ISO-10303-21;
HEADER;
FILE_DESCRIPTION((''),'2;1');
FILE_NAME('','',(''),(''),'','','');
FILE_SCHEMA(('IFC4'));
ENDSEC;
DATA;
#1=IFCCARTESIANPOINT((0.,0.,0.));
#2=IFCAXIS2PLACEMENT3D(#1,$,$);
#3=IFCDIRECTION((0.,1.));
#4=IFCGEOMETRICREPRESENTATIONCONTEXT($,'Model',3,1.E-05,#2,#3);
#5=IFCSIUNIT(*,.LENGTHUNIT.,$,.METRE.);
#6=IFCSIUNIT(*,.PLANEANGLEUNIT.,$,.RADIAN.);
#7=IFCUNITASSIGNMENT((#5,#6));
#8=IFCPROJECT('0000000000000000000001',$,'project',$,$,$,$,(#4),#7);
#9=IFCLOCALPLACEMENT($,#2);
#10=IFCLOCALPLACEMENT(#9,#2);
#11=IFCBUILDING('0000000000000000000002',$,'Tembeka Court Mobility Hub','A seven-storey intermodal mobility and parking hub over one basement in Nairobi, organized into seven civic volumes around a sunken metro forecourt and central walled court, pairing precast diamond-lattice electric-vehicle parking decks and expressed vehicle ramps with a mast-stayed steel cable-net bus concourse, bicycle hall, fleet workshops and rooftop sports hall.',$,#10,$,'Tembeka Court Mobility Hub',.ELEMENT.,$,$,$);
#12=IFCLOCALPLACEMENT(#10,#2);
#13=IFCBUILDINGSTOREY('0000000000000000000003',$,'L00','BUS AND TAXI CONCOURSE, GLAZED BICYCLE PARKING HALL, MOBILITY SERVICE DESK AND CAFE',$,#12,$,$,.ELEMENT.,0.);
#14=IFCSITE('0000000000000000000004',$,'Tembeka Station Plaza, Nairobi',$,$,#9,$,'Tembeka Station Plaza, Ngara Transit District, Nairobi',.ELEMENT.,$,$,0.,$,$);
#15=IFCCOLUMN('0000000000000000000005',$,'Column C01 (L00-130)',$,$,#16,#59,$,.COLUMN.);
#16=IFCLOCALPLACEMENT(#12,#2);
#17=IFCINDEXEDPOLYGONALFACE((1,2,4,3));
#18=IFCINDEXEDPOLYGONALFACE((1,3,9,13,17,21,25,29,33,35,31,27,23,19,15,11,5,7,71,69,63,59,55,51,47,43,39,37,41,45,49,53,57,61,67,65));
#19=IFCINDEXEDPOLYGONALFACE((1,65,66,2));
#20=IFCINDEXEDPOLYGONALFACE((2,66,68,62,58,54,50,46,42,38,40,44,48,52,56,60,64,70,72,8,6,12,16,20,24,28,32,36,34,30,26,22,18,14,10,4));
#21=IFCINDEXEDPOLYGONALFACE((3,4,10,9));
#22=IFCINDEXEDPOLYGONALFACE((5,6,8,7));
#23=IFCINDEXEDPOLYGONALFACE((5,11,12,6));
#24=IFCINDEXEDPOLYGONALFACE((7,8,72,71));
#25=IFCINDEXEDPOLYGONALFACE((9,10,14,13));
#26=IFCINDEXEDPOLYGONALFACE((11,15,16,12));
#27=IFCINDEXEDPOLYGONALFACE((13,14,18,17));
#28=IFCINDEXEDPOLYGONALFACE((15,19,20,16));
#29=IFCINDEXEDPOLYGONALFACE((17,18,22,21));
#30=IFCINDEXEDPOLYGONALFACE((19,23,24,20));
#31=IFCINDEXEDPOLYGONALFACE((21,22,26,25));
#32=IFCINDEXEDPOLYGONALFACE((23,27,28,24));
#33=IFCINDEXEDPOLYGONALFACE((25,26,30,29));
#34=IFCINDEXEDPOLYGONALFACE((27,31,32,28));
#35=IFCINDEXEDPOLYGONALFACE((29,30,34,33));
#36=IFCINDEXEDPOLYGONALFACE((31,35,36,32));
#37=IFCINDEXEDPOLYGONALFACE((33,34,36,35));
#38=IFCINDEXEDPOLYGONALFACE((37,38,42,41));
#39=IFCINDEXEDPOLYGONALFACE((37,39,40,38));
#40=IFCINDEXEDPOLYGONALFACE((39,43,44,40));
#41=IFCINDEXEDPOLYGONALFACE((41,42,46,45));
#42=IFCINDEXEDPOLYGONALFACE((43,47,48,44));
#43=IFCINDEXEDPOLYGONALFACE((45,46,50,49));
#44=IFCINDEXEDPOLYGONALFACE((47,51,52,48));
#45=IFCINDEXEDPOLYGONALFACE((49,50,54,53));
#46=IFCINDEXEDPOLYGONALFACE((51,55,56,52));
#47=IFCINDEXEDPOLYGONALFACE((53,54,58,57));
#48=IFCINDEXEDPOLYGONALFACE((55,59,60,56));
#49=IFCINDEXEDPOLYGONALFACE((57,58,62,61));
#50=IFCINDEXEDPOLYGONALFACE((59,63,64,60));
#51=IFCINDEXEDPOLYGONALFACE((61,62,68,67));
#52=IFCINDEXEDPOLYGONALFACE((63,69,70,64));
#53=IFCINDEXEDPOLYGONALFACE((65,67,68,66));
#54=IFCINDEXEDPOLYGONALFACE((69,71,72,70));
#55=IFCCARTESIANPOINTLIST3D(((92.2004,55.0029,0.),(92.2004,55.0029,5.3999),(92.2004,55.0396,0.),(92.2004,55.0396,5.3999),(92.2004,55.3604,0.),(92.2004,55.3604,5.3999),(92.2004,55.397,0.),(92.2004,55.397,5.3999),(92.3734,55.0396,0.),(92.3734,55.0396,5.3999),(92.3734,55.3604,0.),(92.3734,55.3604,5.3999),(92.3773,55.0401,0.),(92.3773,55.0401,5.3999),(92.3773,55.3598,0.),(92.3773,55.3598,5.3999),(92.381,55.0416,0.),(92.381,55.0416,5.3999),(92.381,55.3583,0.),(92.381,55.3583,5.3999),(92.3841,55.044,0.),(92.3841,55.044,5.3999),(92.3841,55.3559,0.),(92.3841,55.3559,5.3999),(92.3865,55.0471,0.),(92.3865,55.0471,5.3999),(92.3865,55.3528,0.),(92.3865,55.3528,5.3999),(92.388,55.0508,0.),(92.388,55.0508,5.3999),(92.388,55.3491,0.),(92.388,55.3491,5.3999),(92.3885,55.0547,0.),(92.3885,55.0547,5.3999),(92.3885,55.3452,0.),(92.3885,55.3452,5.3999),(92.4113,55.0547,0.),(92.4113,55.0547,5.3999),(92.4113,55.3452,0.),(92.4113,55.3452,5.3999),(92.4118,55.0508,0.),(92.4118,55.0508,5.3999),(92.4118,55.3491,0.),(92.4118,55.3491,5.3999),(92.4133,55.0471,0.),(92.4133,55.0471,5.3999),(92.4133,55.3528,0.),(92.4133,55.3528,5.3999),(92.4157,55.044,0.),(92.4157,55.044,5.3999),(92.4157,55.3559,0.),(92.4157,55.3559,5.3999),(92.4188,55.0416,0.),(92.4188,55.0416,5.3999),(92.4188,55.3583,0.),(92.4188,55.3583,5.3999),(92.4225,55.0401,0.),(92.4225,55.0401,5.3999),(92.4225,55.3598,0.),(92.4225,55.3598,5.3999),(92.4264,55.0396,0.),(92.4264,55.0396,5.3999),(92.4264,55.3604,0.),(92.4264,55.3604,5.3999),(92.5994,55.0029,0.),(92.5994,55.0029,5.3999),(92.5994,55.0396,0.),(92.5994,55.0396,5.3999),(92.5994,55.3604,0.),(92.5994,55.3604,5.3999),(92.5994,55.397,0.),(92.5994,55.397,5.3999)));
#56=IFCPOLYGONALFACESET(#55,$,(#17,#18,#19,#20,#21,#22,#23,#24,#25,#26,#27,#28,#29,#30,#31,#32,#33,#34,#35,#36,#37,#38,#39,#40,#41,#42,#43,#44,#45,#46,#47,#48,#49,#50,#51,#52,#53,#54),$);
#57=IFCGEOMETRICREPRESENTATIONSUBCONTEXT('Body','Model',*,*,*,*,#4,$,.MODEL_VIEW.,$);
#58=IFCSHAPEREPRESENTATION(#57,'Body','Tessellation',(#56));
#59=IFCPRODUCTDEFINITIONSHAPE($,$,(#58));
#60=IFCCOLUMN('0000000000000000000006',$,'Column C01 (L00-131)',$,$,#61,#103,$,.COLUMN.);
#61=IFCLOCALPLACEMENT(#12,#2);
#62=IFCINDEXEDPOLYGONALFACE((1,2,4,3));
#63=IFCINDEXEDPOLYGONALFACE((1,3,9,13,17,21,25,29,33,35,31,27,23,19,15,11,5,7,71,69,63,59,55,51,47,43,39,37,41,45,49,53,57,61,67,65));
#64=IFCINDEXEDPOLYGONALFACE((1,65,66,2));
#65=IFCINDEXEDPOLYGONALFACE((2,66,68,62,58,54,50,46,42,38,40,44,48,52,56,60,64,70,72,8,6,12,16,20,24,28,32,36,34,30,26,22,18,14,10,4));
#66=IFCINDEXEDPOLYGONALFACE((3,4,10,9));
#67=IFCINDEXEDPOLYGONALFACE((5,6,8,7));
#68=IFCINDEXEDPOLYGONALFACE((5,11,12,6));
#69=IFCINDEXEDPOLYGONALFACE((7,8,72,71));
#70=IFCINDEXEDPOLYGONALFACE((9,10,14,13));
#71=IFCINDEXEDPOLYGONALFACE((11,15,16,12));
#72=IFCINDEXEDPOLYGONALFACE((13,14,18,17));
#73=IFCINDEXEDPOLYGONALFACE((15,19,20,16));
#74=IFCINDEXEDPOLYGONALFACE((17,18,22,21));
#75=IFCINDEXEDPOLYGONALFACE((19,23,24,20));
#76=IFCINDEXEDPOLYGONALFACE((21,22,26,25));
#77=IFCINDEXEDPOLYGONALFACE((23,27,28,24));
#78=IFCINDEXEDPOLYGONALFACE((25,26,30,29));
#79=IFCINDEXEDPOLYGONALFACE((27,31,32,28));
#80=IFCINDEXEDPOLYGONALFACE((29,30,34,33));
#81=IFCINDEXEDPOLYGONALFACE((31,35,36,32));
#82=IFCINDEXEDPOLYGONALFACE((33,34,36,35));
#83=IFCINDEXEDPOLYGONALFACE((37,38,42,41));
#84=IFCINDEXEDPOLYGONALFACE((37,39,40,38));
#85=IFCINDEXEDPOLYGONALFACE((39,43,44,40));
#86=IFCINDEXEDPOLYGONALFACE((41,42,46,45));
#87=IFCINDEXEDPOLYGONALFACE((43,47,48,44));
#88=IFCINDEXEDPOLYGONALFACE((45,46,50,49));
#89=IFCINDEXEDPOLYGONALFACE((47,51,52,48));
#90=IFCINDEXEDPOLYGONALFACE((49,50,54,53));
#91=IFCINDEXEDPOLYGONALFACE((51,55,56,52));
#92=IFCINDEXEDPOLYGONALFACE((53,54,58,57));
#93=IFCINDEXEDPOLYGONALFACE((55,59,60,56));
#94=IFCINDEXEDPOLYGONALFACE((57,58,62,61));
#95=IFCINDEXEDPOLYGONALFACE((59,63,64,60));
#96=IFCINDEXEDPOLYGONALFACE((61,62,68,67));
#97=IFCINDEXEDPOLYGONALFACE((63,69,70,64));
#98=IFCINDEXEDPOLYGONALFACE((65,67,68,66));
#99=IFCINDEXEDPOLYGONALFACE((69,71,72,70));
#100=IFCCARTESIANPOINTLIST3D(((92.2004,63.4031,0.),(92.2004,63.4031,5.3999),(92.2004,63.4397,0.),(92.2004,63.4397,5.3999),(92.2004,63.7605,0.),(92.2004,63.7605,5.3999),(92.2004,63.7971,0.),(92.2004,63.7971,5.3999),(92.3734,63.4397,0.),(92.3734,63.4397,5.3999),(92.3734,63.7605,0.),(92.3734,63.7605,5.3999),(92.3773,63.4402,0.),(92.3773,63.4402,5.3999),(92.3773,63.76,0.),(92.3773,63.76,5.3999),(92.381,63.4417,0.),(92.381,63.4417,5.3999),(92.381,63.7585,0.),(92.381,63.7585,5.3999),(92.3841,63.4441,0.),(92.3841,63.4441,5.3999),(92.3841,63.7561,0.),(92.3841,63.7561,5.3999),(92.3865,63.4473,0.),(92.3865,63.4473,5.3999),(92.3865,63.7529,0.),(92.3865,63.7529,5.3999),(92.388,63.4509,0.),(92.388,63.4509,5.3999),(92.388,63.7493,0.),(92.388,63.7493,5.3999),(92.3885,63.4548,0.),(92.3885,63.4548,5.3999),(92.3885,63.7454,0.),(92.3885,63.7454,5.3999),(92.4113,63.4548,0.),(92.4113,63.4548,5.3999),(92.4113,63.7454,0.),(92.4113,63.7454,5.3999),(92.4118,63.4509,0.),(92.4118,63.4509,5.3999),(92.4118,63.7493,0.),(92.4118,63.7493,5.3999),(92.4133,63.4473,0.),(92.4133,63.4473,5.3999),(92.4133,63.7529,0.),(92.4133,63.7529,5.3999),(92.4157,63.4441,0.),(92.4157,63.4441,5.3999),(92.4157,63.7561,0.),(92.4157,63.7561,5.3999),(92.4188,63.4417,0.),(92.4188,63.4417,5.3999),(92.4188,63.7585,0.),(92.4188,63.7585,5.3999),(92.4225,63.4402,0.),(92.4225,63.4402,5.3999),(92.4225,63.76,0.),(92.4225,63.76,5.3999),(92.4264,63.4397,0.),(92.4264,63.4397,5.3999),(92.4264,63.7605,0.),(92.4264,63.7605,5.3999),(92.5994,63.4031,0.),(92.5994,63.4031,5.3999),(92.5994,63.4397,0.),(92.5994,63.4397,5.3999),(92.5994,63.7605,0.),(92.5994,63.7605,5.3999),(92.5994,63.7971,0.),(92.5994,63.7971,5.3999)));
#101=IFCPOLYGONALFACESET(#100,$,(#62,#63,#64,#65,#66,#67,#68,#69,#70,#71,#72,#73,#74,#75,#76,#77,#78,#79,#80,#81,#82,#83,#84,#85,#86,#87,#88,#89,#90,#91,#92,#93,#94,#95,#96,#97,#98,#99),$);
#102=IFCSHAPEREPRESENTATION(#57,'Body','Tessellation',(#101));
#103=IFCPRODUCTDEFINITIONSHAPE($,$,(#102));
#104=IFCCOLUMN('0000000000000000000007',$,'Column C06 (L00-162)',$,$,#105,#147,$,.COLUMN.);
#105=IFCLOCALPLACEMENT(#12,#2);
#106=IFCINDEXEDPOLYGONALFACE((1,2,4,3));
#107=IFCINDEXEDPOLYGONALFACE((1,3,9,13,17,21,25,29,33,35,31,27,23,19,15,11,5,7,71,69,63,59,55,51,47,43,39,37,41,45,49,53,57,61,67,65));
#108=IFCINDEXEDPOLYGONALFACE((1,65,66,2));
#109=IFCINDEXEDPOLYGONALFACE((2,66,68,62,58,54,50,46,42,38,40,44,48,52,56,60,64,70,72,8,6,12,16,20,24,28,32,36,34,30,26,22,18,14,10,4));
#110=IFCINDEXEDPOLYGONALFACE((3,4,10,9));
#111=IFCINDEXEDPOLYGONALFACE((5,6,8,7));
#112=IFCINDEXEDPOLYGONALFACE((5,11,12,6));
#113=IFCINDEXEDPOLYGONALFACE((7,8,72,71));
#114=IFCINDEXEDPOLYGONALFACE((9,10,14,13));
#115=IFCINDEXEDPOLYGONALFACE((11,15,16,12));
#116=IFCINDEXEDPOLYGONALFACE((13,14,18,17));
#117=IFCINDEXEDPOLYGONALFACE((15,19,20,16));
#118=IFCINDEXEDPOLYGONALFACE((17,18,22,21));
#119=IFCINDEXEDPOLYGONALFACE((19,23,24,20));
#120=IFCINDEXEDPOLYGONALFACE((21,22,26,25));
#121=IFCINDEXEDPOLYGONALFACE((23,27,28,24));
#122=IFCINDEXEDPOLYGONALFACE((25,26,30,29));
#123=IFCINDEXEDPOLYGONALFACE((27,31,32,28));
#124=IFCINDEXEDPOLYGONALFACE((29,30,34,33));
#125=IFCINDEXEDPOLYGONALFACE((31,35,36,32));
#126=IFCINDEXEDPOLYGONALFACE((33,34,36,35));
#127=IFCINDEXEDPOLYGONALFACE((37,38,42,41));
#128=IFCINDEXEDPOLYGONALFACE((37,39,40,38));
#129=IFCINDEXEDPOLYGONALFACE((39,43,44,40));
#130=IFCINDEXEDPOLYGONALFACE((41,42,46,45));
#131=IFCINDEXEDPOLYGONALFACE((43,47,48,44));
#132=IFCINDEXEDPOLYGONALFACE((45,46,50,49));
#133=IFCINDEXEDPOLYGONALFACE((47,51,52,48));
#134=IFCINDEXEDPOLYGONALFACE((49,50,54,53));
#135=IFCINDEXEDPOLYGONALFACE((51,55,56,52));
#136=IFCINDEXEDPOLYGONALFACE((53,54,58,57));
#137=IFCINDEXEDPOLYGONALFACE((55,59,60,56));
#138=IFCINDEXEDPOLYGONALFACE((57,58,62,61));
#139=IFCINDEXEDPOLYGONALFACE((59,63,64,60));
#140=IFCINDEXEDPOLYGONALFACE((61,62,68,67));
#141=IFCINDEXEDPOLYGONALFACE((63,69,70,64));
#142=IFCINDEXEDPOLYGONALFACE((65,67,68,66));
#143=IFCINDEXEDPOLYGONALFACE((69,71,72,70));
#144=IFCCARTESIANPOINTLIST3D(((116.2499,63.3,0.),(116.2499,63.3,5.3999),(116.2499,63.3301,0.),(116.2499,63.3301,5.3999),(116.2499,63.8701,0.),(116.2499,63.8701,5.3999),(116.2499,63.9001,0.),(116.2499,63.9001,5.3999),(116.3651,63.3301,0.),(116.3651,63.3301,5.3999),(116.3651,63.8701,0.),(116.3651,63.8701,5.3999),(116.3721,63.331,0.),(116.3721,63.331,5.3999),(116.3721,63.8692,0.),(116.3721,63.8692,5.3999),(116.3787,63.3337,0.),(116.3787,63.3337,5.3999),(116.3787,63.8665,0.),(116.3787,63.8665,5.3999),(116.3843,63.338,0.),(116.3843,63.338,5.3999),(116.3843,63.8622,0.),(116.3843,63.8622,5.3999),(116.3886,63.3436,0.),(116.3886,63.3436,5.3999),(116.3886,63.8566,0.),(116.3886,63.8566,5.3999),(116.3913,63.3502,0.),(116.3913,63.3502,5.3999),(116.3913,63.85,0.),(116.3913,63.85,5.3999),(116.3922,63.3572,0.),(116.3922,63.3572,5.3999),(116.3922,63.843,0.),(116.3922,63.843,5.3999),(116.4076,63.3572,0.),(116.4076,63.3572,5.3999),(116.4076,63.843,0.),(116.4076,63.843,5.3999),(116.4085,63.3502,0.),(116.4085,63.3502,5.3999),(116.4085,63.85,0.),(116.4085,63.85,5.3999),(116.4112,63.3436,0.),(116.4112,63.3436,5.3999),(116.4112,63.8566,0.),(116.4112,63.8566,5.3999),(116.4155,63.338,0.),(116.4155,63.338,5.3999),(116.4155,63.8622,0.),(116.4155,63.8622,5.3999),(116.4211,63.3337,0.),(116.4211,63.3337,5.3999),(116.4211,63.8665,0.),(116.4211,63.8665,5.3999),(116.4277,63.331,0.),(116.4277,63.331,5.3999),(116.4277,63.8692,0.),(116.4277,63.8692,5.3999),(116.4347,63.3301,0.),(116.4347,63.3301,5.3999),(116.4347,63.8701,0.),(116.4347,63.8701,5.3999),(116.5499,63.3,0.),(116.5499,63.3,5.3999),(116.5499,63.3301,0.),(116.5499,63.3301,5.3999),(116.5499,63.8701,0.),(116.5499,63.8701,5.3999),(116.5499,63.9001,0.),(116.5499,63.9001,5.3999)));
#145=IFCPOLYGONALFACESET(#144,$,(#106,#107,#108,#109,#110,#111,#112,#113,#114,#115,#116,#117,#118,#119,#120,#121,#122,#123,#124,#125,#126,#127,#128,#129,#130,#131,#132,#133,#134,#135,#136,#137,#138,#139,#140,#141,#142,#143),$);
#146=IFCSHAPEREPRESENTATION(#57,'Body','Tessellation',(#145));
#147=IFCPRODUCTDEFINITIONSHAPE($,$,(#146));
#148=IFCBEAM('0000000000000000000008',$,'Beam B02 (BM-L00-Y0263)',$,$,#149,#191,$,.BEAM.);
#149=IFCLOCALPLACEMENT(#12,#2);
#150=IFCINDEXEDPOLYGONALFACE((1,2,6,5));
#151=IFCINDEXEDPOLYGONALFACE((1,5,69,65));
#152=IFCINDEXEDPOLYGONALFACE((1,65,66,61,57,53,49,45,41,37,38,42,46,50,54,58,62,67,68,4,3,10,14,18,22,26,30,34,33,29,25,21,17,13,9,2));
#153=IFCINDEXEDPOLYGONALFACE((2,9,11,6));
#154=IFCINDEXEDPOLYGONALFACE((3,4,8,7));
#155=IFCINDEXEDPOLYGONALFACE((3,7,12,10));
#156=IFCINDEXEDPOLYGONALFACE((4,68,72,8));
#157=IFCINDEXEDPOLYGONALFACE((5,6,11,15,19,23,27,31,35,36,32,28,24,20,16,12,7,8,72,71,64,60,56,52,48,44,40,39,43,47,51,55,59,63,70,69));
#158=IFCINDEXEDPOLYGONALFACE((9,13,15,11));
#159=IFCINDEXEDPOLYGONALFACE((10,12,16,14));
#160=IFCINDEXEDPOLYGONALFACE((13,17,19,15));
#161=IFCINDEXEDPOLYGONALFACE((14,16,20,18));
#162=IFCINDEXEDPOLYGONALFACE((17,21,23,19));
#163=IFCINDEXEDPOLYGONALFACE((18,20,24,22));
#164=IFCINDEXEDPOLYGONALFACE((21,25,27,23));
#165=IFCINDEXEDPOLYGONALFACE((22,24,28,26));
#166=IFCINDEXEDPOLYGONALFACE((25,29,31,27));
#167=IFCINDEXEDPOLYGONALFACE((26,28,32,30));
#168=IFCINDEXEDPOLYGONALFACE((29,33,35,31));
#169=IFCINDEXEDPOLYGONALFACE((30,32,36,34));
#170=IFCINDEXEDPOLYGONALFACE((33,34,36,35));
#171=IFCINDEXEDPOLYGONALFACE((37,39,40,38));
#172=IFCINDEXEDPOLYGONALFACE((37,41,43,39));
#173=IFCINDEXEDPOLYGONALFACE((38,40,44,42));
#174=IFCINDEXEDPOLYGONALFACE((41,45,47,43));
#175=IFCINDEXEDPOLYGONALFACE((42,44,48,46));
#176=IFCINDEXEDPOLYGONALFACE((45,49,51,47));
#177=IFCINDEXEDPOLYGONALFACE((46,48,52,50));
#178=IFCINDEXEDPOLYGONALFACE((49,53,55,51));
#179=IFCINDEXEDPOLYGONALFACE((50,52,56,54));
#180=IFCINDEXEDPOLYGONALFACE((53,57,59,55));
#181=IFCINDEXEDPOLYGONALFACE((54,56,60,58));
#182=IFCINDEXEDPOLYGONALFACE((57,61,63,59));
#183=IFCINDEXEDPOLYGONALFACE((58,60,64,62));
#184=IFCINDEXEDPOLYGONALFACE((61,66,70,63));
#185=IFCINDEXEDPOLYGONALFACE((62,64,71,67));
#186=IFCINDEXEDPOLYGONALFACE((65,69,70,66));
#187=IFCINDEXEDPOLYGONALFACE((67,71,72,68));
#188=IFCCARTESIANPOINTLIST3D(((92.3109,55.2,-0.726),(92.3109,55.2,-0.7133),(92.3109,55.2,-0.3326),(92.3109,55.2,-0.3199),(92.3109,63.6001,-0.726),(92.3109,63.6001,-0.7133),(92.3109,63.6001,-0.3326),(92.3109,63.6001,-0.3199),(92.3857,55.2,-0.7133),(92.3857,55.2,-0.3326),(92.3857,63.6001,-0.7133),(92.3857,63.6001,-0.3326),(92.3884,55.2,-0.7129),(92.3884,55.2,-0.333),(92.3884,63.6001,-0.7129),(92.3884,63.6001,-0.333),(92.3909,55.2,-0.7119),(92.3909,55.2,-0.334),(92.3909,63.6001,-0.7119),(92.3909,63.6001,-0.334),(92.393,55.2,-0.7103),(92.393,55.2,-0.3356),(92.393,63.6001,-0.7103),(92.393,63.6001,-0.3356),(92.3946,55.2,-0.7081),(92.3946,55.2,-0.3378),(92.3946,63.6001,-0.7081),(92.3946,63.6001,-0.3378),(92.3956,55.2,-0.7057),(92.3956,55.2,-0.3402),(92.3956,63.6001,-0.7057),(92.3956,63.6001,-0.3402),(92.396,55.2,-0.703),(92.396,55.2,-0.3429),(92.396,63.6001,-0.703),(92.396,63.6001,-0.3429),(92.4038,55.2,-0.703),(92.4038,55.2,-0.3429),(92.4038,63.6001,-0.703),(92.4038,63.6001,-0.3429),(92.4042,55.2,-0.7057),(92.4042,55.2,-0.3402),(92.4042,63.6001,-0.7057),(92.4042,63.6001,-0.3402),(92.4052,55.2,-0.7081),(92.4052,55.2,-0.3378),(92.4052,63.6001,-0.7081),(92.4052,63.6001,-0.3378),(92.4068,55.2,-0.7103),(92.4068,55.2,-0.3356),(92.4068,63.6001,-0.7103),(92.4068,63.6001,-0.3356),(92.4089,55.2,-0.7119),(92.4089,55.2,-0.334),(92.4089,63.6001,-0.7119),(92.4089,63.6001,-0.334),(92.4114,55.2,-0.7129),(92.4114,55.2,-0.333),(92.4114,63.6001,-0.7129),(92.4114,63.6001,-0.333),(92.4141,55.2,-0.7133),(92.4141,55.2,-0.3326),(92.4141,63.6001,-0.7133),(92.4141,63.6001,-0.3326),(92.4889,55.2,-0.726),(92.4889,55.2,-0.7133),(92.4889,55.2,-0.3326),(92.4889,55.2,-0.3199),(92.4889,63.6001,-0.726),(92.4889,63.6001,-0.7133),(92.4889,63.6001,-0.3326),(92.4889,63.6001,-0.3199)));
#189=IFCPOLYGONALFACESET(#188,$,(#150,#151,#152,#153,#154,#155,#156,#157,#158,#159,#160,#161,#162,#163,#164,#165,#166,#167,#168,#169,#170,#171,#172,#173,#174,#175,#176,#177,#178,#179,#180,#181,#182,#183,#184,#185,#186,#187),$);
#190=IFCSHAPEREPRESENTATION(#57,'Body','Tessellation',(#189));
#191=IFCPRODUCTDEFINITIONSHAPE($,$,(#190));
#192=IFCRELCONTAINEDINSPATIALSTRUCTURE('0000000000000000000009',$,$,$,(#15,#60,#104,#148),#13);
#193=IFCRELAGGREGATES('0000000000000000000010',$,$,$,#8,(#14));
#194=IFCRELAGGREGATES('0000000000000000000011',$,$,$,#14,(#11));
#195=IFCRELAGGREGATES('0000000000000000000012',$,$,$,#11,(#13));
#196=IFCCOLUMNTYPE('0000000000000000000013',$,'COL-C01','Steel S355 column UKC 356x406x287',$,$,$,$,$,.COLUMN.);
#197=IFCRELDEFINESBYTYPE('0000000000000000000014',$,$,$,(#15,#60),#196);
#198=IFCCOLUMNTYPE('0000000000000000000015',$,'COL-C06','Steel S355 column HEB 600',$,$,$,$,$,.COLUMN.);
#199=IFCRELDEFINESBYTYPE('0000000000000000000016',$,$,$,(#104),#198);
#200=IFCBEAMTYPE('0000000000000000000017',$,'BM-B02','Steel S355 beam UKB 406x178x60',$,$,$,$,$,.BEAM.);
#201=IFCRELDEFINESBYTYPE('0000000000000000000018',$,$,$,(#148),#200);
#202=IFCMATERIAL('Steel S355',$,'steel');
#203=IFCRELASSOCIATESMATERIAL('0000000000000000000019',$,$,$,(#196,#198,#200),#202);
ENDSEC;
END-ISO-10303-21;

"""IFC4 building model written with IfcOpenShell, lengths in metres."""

from ifc_helpers import new_model, si_unit, direction, frame, origin, origin_2d, place, context, subcontext, project, spatial, i_section, extrude, material, material_profile, profile_set, type_object, element, save


model = new_model("IFC4")

# Units and contexts
model_context = context("Model", 3, precision=1e-05, world=origin(), true_north=direction((0.0, 1.0)))
body_context = subcontext(model_context, "Body", "Model", "MODEL_VIEW")
ifc_project = project(units=[si_unit("LENGTHUNIT", "METRE"), si_unit("PLANEANGLEUNIT", "RADIAN")], contexts=[model_context])

# Site, building, storey
site_placement = place(None, origin())
site = spatial("IfcSite", under=ifc_project, at=site_placement, Name="Tembeka Station Plaza, Nairobi", LongName="Tembeka Station Plaza, Ngara Transit District, Nairobi", CompositionType="ELEMENT", RefElevation=0.0)
building_placement = place(site_placement, origin())
building = spatial("IfcBuilding", under=site, at=building_placement, Name="Tembeka Court Mobility Hub", Description="A seven-storey intermodal mobility and parking hub over one basement in Nairobi, organized into seven civic volumes around a sunken metro forecourt and central walled court, pairing precast diamond-lattice electric-vehicle parking decks and expressed vehicle ramps with a mast-stayed steel cable-net bus concourse, bicycle hall, fleet workshops and rooftop sports hall.", LongName="Tembeka Court Mobility Hub", CompositionType="ELEMENT")
storey_placement = place(building_placement, origin())
storey = spatial("IfcBuildingStorey", under=building, at=storey_placement, Name="L00", Description="BUS AND TAXI CONCOURSE, GLAZED BICYCLE PARKING HALL, MOBILITY SERVICE DESK AND CAFE", CompositionType="ELEMENT", Elevation=0.0)

# Columns
ifc_material_1 = material(Name="Steel S355", Category="steel")
ifc_material_profile_1 = material_profile(ifc_material_1, i_section(OverallWidth=0.3989, OverallDepth=0.394, WebThickness=0.0227, FlangeThickness=0.0366, FilletRadius=0.0151, at=origin_2d()), Name="UKC 356x406x287")
ifc_profile_set_1 = profile_set([ifc_material_profile_1], Name="Steel S355")
column_type_1 = type_object("IfcColumnType", Name="COL-C01", Description="Steel S355 column UKC 356x406x287", PredefinedType="COLUMN", material=ifc_profile_set_1)
for number, where, z_axis, x_axis, name in (
    (1, (92.3999, 55.2, 0.0), (0.0, 0.0, 1.0), (1.0, 0.0, 0.0), "Column C01 (L00-130)"),
    (2, (92.3999, 63.6001, 0.0), (0.0, 0.0, 1.0), (1.0, 0.0, 0.0), "Column C01 (L00-131)"),
):
    element("IfcColumn", number, at=place(storey_placement, frame(where, z_axis=z_axis, x_axis=x_axis)), inside=storey, type_object=column_type_1, Name=name, PredefinedType="COLUMN", context=body_context, shape_type="SweptSolid", body=[
        extrude(i_section(OverallWidth=0.3989, OverallDepth=0.394, WebThickness=0.0227, FlangeThickness=0.0366, FilletRadius=0.0151, at=origin_2d()), origin(), (0.0, 0.0, 1.0), 5.3999),
    ])
ifc_material_profile_2 = material_profile(ifc_material_1, i_section(OverallWidth=0.3, OverallDepth=0.6001, WebThickness=0.0154, FlangeThickness=0.03, FilletRadius=0.0271, at=origin_2d()), Name="HEB 600")
ifc_profile_set_2 = profile_set([ifc_material_profile_2], Name="Steel S355")
column_type_2 = type_object("IfcColumnType", Name="COL-C06", Description="Steel S355 column HEB 600", PredefinedType="COLUMN", material=ifc_profile_set_2)
column_placement = place(storey_placement, frame((116.3999, 63.6001, 0.0), z_axis=(0.0, 0.0, 1.0), x_axis=(1.0, 0.0, 0.0)))
element("IfcColumn", 3, at=column_placement, inside=storey, type_object=column_type_2, Name="Column C06 (L00-162)", PredefinedType="COLUMN", context=body_context, shape_type="SweptSolid", body=[
    extrude(i_section(OverallWidth=0.3, OverallDepth=0.6001, WebThickness=0.0154, FlangeThickness=0.03, FilletRadius=0.0271, at=origin_2d()), origin(), (0.0, 0.0, 1.0), 5.3999),
])

# Beam
ifc_material_profile_3 = material_profile(ifc_material_1, i_section(OverallWidth=0.178, OverallDepth=0.406, WebThickness=0.0078, FlangeThickness=0.0127, FilletRadius=0.0103, at=origin_2d()), Name="UKB 406x178x60")
ifc_profile_set_3 = profile_set([ifc_material_profile_3], Name="Steel S355")
beam_type_1 = type_object("IfcBeamType", Name="BM-B02", Description="Steel S355 beam UKB 406x178x60", PredefinedType="BEAM", material=ifc_profile_set_3)
beam_1_placement = place(storey_placement, frame((92.3999, 55.2, -0.5229), z_axis=(0.0, 1.0, 0.0), x_axis=(-1.0, 0.0, 0.0)))
element("IfcBeam", 4, at=beam_1_placement, inside=storey, type_object=beam_type_1, Name="Beam B02 (BM-L00-Y0263)", PredefinedType="BEAM", context=body_context, shape_type="SweptSolid", body=[
    extrude(i_section(OverallWidth=0.178, OverallDepth=0.406, WebThickness=0.0078, FlangeThickness=0.0127, FilletRadius=0.0103, at=origin_2d()), origin(), (0.0, 0.0, 1.0), 8.4001),
])

save(model, "model.ifc")
